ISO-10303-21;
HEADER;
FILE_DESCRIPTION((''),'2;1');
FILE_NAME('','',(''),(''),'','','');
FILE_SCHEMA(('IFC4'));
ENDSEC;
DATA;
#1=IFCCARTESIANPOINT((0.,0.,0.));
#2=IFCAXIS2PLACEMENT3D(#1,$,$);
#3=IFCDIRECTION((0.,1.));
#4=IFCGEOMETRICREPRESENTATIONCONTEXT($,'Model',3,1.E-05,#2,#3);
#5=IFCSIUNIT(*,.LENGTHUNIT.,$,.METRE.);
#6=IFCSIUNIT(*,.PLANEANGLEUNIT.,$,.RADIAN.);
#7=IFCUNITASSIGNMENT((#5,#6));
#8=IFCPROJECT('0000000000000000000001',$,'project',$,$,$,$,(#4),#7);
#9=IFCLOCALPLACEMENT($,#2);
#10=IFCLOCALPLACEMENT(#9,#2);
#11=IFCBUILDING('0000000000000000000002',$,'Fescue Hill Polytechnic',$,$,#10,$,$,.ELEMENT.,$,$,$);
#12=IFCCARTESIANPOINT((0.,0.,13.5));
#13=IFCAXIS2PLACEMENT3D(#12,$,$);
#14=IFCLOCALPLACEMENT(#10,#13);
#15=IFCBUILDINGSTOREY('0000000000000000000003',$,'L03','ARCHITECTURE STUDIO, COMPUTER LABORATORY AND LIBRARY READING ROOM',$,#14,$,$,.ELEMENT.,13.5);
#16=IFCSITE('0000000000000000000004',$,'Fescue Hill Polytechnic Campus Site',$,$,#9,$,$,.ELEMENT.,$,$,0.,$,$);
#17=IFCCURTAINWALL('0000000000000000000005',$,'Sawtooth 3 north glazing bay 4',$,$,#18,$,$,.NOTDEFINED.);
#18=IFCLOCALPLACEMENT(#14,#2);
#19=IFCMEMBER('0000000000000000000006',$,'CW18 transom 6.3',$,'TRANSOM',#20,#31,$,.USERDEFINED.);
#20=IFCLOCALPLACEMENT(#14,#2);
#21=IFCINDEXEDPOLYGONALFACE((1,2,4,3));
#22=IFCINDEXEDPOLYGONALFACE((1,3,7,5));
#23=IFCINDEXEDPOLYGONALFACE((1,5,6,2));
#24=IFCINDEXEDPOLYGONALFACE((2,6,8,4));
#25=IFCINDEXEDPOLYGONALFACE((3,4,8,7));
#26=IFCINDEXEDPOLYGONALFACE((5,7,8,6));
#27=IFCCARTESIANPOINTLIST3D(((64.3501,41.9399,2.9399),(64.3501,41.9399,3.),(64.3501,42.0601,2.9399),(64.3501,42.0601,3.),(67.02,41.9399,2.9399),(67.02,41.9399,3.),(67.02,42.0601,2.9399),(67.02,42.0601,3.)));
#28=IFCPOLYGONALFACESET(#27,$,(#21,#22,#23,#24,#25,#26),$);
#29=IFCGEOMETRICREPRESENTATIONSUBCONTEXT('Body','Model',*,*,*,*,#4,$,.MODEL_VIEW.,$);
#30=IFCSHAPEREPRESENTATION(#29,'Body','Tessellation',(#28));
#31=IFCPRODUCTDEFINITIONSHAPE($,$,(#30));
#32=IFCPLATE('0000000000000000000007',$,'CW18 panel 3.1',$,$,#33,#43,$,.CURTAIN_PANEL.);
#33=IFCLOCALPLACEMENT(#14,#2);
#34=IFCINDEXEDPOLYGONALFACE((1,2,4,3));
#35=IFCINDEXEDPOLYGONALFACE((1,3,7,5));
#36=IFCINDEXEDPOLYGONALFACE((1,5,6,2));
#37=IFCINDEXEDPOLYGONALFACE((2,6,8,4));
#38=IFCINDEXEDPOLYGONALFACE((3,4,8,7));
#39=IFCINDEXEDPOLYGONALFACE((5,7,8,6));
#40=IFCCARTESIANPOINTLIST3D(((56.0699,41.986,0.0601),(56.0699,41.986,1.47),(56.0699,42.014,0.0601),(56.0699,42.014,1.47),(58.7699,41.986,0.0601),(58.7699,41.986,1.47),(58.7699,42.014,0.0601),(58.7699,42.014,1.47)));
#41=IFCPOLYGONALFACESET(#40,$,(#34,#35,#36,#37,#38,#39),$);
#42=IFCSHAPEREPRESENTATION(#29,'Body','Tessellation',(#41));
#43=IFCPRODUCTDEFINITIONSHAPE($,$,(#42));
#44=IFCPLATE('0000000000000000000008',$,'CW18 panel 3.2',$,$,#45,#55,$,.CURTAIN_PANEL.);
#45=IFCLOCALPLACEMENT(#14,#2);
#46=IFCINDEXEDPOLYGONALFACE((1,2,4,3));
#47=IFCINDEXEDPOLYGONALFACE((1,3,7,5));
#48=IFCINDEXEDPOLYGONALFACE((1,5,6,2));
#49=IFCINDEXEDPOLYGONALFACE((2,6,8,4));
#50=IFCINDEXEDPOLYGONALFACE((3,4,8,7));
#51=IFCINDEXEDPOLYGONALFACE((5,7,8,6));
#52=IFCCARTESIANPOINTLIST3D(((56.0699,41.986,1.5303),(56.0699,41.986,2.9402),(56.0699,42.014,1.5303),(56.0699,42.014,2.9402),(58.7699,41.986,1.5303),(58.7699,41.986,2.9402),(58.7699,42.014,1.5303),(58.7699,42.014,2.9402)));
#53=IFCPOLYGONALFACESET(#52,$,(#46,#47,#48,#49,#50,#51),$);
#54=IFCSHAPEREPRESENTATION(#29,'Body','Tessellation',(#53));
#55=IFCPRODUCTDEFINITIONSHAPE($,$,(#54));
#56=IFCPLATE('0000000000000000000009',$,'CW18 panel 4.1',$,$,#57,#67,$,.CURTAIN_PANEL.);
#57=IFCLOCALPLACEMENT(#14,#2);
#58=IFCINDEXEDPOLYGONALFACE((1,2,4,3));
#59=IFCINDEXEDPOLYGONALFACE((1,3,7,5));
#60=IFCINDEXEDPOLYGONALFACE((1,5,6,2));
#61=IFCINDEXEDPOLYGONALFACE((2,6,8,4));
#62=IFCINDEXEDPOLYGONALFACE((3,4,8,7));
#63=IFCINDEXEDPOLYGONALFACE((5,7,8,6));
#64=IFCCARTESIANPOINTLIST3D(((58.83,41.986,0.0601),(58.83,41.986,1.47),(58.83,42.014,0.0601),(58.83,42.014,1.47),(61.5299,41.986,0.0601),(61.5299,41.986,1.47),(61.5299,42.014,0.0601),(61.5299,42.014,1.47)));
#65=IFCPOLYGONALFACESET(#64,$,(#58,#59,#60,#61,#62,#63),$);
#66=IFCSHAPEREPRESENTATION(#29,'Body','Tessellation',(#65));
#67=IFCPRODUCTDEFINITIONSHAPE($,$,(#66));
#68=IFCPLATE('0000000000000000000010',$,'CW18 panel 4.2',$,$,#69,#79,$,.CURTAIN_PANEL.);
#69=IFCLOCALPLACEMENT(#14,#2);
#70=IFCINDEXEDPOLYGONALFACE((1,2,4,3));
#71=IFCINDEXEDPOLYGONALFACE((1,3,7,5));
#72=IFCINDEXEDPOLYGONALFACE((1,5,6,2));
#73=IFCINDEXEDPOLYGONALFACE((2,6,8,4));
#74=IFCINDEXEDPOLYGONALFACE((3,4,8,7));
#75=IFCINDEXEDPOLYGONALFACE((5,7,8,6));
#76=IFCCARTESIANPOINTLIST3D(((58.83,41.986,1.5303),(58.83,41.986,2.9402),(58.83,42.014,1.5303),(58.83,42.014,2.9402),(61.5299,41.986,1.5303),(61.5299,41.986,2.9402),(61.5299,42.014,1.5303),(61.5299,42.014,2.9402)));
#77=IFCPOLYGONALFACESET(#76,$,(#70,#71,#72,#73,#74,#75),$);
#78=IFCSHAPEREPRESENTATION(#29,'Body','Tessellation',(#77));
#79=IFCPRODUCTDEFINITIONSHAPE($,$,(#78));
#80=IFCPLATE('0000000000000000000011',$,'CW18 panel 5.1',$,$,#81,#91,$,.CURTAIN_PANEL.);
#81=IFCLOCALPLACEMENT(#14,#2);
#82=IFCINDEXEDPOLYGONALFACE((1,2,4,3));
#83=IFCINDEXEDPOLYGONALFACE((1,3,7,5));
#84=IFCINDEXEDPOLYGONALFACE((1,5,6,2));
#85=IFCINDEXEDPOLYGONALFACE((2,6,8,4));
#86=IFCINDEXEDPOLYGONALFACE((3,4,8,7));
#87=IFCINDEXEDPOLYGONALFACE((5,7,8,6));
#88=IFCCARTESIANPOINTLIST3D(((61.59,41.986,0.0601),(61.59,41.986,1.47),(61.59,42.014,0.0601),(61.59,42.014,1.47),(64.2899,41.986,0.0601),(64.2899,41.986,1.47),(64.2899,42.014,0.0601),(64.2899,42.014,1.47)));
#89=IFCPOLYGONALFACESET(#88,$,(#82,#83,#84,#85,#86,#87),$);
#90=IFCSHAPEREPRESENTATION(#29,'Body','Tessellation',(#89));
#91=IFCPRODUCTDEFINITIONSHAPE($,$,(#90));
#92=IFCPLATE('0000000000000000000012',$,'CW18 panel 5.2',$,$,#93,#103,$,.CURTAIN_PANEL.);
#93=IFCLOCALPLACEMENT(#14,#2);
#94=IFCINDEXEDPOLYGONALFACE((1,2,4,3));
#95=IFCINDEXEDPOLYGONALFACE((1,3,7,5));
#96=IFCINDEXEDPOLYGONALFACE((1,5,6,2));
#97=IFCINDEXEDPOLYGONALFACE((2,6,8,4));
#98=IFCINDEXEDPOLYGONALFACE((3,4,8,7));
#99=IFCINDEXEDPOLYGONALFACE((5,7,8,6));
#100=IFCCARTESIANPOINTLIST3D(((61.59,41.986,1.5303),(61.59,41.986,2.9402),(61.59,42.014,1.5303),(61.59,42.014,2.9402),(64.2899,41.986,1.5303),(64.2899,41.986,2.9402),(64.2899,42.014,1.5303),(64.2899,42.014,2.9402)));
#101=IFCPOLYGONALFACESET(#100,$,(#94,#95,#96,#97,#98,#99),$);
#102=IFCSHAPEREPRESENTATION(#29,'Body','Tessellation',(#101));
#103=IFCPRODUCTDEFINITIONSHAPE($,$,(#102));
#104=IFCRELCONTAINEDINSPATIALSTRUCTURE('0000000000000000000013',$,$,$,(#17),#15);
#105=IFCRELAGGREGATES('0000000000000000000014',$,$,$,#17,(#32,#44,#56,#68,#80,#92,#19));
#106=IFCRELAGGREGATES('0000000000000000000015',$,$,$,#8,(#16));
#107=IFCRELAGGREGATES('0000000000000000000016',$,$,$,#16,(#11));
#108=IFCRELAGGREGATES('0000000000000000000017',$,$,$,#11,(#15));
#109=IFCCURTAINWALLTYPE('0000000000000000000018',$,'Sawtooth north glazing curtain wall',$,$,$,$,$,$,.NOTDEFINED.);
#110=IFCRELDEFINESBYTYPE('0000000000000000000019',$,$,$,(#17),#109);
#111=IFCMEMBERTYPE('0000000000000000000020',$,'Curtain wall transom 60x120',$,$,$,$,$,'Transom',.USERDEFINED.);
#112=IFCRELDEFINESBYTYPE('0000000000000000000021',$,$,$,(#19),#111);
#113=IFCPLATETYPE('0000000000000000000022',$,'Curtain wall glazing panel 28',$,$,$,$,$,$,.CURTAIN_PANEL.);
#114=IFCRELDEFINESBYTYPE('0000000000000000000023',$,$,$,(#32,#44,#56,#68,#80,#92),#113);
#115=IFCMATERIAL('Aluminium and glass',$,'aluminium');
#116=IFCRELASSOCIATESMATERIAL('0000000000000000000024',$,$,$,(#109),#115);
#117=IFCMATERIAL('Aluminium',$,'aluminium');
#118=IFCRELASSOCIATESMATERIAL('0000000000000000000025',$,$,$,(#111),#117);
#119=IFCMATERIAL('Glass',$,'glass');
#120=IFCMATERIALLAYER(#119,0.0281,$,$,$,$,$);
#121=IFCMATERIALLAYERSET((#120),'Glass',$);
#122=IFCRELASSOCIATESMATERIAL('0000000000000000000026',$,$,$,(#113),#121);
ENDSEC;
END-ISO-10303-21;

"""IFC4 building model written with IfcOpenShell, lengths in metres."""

from ifc_helpers import new_model, si_unit, direction, frame, origin, origin_2d, place, context, subcontext, project, spatial, rectangle, extrude, material, layer, layer_set, material_profile, profile_set, type_object, element, aggregate, save


model = new_model("IFC4")

# Units and contexts
model_context = context("Model", 3, precision=1e-05, world=origin(), true_north=direction((0.0, 1.0)))
body_context = subcontext(model_context, "Body", "Model", "MODEL_VIEW")
ifc_project = project(units=[si_unit("LENGTHUNIT", "METRE"), si_unit("PLANEANGLEUNIT", "RADIAN")], contexts=[model_context])

# Site, building, storey
site_placement = place(None, origin())
site = spatial("IfcSite", under=ifc_project, at=site_placement, Name="Fescue Hill Polytechnic Campus Site", CompositionType="ELEMENT", RefElevation=0.0)
building_placement = place(site_placement, origin())
building = spatial("IfcBuilding", under=site, at=building_placement, Name="Fescue Hill Polytechnic", CompositionType="ELEMENT")
storey_placement = place(building_placement, frame((0.0, 0.0, 13.5)))
storey = spatial("IfcBuildingStorey", under=building, at=storey_placement, Name="L03", Description="ARCHITECTURE STUDIO, COMPUTER LABORATORY AND LIBRARY READING ROOM", CompositionType="ELEMENT", Elevation=13.5)

# Curtain wall, member, plates
ifc_material_1 = material(Name="Aluminium and glass", Category="aluminium")
curtain_wall_type = type_object("IfcCurtainWallType", Name="Sawtooth north glazing curtain wall", PredefinedType="NOTDEFINED", material=ifc_material_1)
curtain_wall_placement = place(storey_placement, origin())
curtain_wall = element("IfcCurtainWall", 1, at=curtain_wall_placement, inside=storey, type_object=curtain_wall_type, Name="Sawtooth 3 north glazing bay 4", PredefinedType="NOTDEFINED")
ifc_material_2 = material(Name="Aluminium", Category="aluminium")
ifc_material_profile_1 = material_profile(ifc_material_2, rectangle(XDim=0.1201, YDim=0.0601, at=origin_2d()), Name="Curtain wall transom 60x120")
ifc_profile_set_1 = profile_set([ifc_material_profile_1], Name="Aluminium")
member_type_1 = type_object("IfcMemberType", Name="Curtain wall transom 60x120", ElementType="Transom", PredefinedType="USERDEFINED", material=ifc_profile_set_1)
member_1_placement = place(storey_placement, frame((64.3501, 42.0, 2.97), z_axis=(1.0, 0.0, 0.0), x_axis=(0.0, 1.0, 0.0)))
member_1 = element("IfcMember", 2, at=member_1_placement, type_object=member_type_1, Name="CW18 transom 6.3", ObjectType="TRANSOM", PredefinedType="USERDEFINED", context=body_context, shape_type="SweptSolid", body=[
    extrude(rectangle(XDim=0.1201, YDim=0.0601, at=origin_2d()), origin(), (0.0, 0.0, 1.0), 2.6699),
])
ifc_material_3 = material(Name="Glass", Category="glass")
ifc_layer = layer(ifc_material_3, 0.0281)
ifc_layer_set = layer_set([ifc_layer], Name="Glass")
plate_type = type_object("IfcPlateType", Name="Curtain wall glazing panel 28", PredefinedType="CURTAIN_PANEL", material=ifc_layer_set)
plate_1_placement = place(storey_placement, frame((57.4199, 42.0, 0.0601), z_axis=(0.0, 0.0, 1.0), x_axis=(1.0, 0.0, 0.0)))
plate_1 = element("IfcPlate", 3, at=plate_1_placement, type_object=plate_type, Name="CW18 panel 3.1", PredefinedType="CURTAIN_PANEL", context=body_context, shape_type="SweptSolid", body=[
    extrude(rectangle(XDim=2.7, YDim=0.0281, at=origin_2d()), origin(), (0.0, 0.0, 1.0), 1.4099),
])
plate_2_placement = place(storey_placement, frame((57.4199, 42.0, 1.5303), z_axis=(0.0, 0.0, 1.0), x_axis=(1.0, 0.0, 0.0)))
plate_2 = element("IfcPlate", 4, at=plate_2_placement, type_object=plate_type, Name="CW18 panel 3.2", PredefinedType="CURTAIN_PANEL", context=body_context, shape_type="SweptSolid", body=[
    extrude(rectangle(XDim=2.7, YDim=0.0281, at=origin_2d()), origin(), (0.0, 0.0, 1.0), 1.4099),
])
plate_3_placement = place(storey_placement, frame((60.1799, 42.0, 0.0601), z_axis=(0.0, 0.0, 1.0), x_axis=(1.0, 0.0, 0.0)))
plate_3 = element("IfcPlate", 5, at=plate_3_placement, type_object=plate_type, Name="CW18 panel 4.1", PredefinedType="CURTAIN_PANEL", context=body_context, shape_type="SweptSolid", body=[
    extrude(rectangle(XDim=2.7, YDim=0.0281, at=origin_2d()), origin(), (0.0, 0.0, 1.0), 1.4099),
])
plate_4_placement = place(storey_placement, frame((60.1799, 42.0, 1.5303), z_axis=(0.0, 0.0, 1.0), x_axis=(1.0, 0.0, 0.0)))
plate_4 = element("IfcPlate", 6, at=plate_4_placement, type_object=plate_type, Name="CW18 panel 4.2", PredefinedType="CURTAIN_PANEL", context=body_context, shape_type="SweptSolid", body=[
    extrude(rectangle(XDim=2.7, YDim=0.0281, at=origin_2d()), origin(), (0.0, 0.0, 1.0), 1.4099),
])
plate_5_placement = place(storey_placement, frame((62.9399, 42.0, 0.0601), z_axis=(0.0, 0.0, 1.0), x_axis=(1.0, 0.0, 0.0)))
plate_5 = element("IfcPlate", 7, at=plate_5_placement, type_object=plate_type, Name="CW18 panel 5.1", PredefinedType="CURTAIN_PANEL", context=body_context, shape_type="SweptSolid", body=[
    extrude(rectangle(XDim=2.7, YDim=0.0281, at=origin_2d()), origin(), (0.0, 0.0, 1.0), 1.4099),
])
plate_6_placement = place(storey_placement, frame((62.9399, 42.0, 1.5303), z_axis=(0.0, 0.0, 1.0), x_axis=(1.0, 0.0, 0.0)))
plate_6 = element("IfcPlate", 8, at=plate_6_placement, type_object=plate_type, Name="CW18 panel 5.2", PredefinedType="CURTAIN_PANEL", context=body_context, shape_type="SweptSolid", body=[
    extrude(rectangle(XDim=2.7, YDim=0.0281, at=origin_2d()), origin(), (0.0, 0.0, 1.0), 1.4099),
])
aggregate(curtain_wall, [plate_1, plate_2, plate_3, plate_4, plate_5, plate_6, member_1])

save(model, "model.ifc")
